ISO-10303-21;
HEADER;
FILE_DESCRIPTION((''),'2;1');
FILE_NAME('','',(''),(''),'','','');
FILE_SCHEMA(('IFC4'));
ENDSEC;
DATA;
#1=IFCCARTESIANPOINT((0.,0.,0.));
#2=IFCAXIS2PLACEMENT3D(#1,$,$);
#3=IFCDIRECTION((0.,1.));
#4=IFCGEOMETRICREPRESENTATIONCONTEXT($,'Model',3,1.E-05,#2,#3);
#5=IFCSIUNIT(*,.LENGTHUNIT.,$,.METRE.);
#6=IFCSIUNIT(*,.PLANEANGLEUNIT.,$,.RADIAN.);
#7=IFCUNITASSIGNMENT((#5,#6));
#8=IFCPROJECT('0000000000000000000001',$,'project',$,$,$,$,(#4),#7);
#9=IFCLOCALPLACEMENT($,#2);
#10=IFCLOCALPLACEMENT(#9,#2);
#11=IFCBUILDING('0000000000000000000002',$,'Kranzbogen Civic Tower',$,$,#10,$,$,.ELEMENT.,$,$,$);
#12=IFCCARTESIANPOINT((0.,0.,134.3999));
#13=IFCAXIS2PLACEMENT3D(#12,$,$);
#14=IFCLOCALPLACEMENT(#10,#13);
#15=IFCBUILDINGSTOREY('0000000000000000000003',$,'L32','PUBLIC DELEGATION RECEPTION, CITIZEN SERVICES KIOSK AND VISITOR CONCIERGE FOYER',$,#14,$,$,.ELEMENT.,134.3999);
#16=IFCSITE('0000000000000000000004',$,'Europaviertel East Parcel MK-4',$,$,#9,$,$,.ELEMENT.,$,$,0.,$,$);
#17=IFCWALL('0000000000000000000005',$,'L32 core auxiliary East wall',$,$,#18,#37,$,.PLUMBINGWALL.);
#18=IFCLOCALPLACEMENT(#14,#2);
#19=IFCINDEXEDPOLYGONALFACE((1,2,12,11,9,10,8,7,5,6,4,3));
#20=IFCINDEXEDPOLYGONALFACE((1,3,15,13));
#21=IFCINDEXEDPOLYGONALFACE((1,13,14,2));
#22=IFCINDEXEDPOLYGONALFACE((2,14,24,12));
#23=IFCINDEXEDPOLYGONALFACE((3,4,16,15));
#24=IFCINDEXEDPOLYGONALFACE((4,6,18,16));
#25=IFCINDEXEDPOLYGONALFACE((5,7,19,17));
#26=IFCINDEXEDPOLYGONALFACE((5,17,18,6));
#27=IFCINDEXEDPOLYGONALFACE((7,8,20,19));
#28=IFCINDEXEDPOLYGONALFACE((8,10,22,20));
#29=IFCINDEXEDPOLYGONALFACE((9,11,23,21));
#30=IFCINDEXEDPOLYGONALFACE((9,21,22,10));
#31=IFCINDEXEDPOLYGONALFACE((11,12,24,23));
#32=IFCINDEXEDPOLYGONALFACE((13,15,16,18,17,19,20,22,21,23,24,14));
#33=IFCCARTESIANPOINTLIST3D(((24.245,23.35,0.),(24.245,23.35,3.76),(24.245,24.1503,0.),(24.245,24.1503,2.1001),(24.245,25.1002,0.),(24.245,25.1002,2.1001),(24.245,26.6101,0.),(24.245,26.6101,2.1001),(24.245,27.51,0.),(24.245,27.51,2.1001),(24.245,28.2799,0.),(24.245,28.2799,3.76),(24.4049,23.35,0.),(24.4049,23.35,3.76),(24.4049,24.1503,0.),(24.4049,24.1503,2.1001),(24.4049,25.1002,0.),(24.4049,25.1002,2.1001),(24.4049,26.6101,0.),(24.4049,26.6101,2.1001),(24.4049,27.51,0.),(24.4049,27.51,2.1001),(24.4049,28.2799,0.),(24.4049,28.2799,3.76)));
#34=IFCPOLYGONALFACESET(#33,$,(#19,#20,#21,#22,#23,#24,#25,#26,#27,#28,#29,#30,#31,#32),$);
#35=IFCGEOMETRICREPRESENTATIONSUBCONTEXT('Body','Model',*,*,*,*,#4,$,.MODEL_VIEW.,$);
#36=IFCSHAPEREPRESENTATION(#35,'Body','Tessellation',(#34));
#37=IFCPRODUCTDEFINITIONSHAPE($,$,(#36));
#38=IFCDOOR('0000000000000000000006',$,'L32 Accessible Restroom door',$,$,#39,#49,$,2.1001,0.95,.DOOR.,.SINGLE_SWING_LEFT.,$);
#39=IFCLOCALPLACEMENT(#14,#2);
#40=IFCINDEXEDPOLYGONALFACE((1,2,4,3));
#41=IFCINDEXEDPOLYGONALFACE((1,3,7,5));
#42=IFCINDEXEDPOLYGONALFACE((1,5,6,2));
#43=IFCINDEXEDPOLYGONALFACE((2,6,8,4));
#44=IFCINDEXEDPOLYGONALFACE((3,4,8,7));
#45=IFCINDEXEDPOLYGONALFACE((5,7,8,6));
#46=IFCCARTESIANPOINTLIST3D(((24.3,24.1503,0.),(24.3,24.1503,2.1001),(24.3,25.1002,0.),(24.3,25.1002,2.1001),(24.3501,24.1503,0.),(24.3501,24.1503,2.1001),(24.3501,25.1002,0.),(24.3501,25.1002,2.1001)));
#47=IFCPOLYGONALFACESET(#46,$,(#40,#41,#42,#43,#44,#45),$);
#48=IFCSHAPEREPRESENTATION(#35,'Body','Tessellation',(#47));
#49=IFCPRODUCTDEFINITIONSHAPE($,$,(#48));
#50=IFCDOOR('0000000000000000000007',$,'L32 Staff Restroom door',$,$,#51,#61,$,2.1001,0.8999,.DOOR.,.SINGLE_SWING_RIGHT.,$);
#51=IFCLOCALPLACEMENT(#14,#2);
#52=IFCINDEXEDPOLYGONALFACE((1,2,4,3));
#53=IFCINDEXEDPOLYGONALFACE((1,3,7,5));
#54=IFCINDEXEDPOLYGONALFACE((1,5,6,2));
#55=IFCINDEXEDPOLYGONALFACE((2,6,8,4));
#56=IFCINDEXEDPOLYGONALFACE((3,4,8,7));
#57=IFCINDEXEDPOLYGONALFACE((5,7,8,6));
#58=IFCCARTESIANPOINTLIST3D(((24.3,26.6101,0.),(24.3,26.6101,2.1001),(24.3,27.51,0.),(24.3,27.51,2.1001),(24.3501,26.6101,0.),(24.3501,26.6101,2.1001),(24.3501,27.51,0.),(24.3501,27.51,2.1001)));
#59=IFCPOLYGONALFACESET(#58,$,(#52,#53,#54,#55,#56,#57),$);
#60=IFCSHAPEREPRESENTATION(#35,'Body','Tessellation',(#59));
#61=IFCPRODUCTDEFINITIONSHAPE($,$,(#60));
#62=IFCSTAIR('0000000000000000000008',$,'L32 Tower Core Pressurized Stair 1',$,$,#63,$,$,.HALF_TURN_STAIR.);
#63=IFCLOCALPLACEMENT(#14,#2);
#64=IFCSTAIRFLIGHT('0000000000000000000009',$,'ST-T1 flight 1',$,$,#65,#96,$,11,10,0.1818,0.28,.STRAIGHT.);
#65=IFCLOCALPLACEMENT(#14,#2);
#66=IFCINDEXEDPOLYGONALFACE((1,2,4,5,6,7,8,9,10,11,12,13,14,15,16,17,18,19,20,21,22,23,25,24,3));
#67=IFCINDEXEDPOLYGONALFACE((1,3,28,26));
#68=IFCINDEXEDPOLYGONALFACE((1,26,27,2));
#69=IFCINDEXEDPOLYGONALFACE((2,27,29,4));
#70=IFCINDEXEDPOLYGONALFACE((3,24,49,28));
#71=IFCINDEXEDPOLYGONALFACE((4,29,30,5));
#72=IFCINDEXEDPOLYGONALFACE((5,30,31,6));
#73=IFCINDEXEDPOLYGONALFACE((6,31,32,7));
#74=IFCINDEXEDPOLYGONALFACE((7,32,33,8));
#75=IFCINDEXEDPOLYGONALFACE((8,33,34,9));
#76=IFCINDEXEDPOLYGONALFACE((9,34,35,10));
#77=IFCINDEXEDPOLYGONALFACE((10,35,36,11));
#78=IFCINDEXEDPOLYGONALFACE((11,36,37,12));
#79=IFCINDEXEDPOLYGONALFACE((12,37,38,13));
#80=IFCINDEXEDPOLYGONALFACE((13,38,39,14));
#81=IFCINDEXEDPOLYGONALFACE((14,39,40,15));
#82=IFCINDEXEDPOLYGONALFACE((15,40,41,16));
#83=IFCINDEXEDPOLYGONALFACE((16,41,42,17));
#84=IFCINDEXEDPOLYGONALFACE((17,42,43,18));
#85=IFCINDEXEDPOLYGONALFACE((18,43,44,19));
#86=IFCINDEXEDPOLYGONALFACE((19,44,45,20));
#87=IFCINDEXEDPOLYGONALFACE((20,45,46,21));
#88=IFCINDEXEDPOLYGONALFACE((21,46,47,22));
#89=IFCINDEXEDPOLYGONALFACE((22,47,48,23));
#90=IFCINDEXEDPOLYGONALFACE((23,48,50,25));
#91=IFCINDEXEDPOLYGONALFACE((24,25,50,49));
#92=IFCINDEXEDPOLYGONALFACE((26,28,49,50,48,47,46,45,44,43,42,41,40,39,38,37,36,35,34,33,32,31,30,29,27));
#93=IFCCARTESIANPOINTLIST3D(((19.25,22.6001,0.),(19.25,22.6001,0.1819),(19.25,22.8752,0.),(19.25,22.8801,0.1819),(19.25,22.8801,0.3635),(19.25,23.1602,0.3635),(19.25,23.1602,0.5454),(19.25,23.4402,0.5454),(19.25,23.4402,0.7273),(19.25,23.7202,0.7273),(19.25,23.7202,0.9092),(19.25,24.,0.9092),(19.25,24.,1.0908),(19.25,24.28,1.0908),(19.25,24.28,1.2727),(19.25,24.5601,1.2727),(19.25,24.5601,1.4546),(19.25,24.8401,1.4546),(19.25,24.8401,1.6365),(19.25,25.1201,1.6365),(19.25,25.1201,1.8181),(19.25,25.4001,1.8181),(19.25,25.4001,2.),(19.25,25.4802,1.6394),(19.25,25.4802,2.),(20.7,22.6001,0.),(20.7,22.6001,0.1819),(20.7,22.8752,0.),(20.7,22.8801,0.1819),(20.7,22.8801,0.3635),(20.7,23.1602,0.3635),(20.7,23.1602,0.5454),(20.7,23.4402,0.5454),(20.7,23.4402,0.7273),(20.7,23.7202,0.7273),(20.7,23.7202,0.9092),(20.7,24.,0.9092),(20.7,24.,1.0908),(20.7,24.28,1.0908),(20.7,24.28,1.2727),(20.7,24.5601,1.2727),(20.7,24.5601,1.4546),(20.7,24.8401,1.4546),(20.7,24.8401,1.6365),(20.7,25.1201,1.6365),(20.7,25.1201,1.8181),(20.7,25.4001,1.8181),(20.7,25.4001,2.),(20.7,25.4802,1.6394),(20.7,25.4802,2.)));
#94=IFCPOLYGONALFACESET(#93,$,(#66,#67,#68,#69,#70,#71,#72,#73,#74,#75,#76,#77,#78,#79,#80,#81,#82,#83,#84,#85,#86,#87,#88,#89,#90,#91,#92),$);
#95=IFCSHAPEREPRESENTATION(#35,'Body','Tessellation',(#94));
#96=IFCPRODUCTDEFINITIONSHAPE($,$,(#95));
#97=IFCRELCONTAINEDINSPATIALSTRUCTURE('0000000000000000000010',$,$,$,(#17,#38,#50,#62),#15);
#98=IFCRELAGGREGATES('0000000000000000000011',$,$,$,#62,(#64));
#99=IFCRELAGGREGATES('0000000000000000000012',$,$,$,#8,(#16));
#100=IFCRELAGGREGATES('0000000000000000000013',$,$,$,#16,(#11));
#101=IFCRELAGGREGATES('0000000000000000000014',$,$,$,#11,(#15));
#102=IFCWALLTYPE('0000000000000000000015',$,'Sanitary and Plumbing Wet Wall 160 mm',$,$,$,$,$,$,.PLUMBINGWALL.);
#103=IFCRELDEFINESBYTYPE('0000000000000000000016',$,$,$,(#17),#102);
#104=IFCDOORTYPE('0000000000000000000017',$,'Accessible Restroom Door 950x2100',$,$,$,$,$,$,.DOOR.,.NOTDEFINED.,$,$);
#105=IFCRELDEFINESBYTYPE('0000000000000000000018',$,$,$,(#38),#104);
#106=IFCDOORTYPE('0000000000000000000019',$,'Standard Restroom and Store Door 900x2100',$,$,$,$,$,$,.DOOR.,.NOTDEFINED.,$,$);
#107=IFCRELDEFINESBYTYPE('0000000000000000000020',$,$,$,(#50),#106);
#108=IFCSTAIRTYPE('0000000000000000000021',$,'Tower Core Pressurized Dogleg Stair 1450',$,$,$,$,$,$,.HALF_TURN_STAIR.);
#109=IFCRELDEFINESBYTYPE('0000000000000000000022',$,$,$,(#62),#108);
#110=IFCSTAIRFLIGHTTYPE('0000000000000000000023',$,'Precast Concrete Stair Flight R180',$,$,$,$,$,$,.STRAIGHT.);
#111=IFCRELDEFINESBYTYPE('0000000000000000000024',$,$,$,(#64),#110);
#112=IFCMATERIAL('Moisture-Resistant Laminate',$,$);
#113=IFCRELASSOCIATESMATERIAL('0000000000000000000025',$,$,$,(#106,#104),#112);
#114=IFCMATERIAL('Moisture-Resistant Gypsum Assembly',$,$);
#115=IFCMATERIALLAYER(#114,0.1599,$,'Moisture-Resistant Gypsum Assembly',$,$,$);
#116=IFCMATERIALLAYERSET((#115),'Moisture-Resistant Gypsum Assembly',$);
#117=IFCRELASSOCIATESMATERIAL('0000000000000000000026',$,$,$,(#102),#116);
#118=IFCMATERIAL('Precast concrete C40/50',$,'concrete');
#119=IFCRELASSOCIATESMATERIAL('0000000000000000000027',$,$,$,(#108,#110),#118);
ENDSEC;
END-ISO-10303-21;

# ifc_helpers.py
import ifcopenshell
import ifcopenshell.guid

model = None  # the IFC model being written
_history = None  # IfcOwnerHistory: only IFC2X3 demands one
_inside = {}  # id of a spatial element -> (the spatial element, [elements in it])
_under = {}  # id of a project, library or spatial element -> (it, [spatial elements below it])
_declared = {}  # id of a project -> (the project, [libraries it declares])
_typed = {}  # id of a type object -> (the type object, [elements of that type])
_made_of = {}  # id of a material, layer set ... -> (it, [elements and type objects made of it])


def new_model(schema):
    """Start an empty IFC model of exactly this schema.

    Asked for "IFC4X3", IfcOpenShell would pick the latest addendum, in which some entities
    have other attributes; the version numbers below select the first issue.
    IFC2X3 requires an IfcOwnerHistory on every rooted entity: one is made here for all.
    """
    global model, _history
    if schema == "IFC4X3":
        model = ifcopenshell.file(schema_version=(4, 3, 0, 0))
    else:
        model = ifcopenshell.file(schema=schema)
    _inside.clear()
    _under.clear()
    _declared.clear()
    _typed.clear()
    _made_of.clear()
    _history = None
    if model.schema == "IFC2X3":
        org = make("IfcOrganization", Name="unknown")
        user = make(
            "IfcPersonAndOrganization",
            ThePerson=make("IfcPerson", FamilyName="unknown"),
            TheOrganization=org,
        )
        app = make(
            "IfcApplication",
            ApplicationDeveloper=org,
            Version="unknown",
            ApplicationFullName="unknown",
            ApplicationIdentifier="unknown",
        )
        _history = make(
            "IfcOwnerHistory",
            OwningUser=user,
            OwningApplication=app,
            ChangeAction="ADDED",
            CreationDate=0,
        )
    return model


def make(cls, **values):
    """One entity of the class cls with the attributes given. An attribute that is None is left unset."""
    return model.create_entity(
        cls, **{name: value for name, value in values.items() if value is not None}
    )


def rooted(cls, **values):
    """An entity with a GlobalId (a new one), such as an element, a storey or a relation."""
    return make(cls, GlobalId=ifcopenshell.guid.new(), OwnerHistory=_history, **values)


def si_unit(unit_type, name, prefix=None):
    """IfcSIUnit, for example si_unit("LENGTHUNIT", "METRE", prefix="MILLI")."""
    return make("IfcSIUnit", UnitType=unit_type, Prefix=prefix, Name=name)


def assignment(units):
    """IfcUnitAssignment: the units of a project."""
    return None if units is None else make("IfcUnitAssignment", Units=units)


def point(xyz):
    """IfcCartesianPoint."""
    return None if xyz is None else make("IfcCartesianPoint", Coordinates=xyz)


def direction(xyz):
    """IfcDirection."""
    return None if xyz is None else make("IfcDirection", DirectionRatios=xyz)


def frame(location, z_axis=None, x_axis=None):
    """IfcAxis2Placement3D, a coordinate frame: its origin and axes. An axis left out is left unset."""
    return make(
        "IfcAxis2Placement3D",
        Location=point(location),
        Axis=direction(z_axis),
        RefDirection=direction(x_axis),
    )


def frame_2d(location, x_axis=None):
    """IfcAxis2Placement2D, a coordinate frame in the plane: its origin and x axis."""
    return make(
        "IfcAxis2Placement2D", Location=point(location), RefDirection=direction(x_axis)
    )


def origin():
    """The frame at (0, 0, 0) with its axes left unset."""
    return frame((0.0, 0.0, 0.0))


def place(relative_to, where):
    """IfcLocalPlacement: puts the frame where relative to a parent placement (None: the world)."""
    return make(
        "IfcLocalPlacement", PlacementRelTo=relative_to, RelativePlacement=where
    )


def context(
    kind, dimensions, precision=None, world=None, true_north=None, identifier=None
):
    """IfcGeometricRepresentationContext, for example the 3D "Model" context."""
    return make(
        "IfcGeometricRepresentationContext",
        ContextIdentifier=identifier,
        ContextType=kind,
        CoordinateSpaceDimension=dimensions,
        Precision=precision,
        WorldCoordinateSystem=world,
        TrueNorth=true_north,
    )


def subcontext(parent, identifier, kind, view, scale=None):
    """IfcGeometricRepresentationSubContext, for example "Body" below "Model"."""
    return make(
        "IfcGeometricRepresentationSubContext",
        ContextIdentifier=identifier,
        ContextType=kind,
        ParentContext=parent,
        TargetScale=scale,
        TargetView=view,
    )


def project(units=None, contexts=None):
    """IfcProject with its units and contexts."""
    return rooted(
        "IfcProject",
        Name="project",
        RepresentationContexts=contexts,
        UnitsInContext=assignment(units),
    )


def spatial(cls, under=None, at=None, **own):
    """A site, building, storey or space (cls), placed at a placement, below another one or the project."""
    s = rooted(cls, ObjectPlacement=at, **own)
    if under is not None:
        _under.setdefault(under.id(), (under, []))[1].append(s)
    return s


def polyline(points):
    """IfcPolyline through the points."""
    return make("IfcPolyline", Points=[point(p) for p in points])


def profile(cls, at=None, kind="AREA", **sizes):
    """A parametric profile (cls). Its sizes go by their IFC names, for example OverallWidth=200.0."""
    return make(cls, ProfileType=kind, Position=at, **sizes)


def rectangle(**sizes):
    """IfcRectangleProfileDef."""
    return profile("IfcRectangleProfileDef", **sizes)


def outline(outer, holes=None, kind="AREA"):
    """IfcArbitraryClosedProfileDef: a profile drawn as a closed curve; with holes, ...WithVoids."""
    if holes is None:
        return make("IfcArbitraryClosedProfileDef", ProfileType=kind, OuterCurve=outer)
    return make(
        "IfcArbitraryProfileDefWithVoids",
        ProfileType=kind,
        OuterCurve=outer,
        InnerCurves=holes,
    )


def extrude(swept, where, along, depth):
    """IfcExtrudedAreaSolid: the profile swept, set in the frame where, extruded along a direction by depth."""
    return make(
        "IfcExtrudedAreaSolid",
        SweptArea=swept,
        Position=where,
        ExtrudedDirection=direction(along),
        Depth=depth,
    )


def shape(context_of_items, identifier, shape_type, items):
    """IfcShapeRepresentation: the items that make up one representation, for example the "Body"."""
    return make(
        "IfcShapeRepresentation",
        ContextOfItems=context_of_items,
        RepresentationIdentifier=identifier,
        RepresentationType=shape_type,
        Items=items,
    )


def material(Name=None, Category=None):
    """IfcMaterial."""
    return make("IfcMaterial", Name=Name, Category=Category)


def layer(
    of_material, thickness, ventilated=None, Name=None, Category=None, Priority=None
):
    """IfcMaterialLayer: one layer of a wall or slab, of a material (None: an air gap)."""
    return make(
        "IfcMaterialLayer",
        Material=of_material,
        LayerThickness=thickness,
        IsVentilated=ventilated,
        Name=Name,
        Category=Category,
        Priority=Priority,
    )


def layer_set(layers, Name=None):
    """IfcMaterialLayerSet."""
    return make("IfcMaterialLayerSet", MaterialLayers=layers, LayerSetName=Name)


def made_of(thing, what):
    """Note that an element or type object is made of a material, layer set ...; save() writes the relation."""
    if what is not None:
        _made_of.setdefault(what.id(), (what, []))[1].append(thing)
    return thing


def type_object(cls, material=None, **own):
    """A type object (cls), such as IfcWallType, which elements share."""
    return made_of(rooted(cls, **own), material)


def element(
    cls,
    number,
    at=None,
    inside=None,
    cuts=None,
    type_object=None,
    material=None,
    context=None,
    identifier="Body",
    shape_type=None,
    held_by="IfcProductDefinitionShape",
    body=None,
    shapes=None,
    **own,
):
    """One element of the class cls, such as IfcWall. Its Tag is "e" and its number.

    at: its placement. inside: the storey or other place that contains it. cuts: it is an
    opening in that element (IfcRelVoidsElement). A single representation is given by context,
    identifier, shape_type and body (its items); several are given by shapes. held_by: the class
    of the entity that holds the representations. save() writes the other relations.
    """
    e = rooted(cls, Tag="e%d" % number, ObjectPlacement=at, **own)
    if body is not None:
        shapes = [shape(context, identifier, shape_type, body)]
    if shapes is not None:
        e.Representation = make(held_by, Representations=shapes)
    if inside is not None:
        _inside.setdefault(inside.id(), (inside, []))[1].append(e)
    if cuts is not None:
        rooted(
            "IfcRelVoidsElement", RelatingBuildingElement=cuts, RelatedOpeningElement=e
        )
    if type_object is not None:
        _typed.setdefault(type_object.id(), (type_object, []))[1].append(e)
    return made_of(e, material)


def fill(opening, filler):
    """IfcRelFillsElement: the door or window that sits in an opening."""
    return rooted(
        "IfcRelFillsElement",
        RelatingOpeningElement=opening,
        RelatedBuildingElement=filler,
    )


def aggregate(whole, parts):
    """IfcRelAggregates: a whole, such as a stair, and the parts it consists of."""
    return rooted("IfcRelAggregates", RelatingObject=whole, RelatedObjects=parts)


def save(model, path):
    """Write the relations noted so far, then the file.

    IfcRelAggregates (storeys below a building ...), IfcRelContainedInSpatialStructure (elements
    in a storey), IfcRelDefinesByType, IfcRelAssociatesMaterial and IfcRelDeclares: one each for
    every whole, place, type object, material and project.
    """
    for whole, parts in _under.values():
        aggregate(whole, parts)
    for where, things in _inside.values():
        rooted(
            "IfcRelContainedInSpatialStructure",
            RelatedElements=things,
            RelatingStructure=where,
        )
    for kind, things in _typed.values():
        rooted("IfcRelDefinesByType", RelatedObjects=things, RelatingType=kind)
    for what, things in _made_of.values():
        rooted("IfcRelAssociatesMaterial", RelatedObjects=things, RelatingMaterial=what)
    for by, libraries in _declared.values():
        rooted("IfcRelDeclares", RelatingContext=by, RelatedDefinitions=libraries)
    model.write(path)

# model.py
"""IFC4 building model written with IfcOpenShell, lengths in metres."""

from ifc_helpers import new_model, si_unit, direction, frame, frame_2d, origin, place, context, subcontext, project, spatial, polyline, rectangle, outline, extrude, material, layer, layer_set, type_object, element, fill, aggregate, save


model = new_model("IFC4")

# Units and contexts
model_context = context("Model", 3, precision=1e-05, world=origin(), true_north=direction((0.0, 1.0)))
body_context = subcontext(model_context, "Body", "Model", "MODEL_VIEW")
ifc_project = project(units=[si_unit("LENGTHUNIT", "METRE"), si_unit("PLANEANGLEUNIT", "RADIAN")], contexts=[model_context])

# Site, building, storey
site_placement = place(None, origin())
site = spatial("IfcSite", under=ifc_project, at=site_placement, Name="Europaviertel East Parcel MK-4", CompositionType="ELEMENT", RefElevation=0.0)
building_placement = place(site_placement, origin())
building = spatial("IfcBuilding", under=site, at=building_placement, Name="Kranzbogen Civic Tower", CompositionType="ELEMENT")
storey_placement = place(building_placement, frame((0.0, 0.0, 134.3999)))
storey = spatial("IfcBuildingStorey", under=building, at=storey_placement, Name="L32", Description="PUBLIC DELEGATION RECEPTION, CITIZEN SERVICES KIOSK AND VISITOR CONCIERGE FOYER", CompositionType="ELEMENT", Elevation=134.3999)

# Shared definitions
ifc_material_1 = material(Name="Moisture-Resistant Laminate")
door_type_1 = type_object("IfcDoorType", Name="Standard Restroom and Store Door 900x2100", OperationType="NOTDEFINED", PredefinedType="DOOR", material=ifc_material_1)

# Wall, openings, doors
ifc_material_2 = material(Name="Moisture-Resistant Gypsum Assembly")
ifc_layer_1 = layer(ifc_material_2, 0.1599, Name="Moisture-Resistant Gypsum Assembly")
ifc_layer_set_1 = layer_set([ifc_layer_1], Name="Moisture-Resistant Gypsum Assembly")
wall_type_1 = type_object("IfcWallType", Name="Sanitary and Plumbing Wet Wall 160 mm", PredefinedType="PLUMBINGWALL", material=ifc_layer_set_1)
wall_1_placement = place(storey_placement, frame((24.325, 23.3501, 0.0), z_axis=(0.0, 0.0, 1.0), x_axis=(0.0, 1.0, 0.0)))
wall_1 = element("IfcWall", 1, at=wall_1_placement, inside=storey, type_object=wall_type_1, Name="L32 core auxiliary East wall", PredefinedType="PLUMBINGWALL", context=body_context, shape_type="SweptSolid", body=[
    extrude(rectangle(XDim=4.9299, YDim=0.1599, at=frame_2d((2.4648, 0.0))), origin(), (0.0, 0.0, 1.0), 3.76),
])
opening_1_placement = place(wall_1_placement, frame((0.8, 0.0, 0.0)))
opening_1 = element("IfcOpeningElement", 2, at=opening_1_placement, cuts=wall_1, PredefinedType="OPENING", context=body_context, shape_type="SweptSolid", body=[
    extrude(rectangle(XDim=0.95, YDim=2.1001, at=frame_2d((0.4751, 1.05))), frame((0.0, 0.0898, 0.0), z_axis=(0.0, -1.0, 0.0), x_axis=(1.0, 0.0, 0.0)), (0.0, 0.0, 1.0), 0.1799),
])
opening_2_placement = place(wall_1_placement, frame((3.26, 0.0, 0.0)))
opening_2 = element("IfcOpeningElement", 3, at=opening_2_placement, cuts=wall_1, PredefinedType="OPENING", context=body_context, shape_type="SweptSolid", body=[
    extrude(rectangle(XDim=0.8999, YDim=2.1001, at=frame_2d((0.45, 1.05))), frame((0.0, 0.0898, 0.0), z_axis=(0.0, -1.0, 0.0), x_axis=(1.0, 0.0, 0.0)), (0.0, 0.0, 1.0), 0.1799),
])
door_type_2 = type_object("IfcDoorType", Name="Accessible Restroom Door 950x2100", OperationType="NOTDEFINED", PredefinedType="DOOR", material=ifc_material_1)
door_1_placement = place(opening_1_placement, origin())
door_1 = element("IfcDoor", 4, at=door_1_placement, inside=storey, type_object=door_type_2, Name="L32 Accessible Restroom door", OperationType="SINGLE_SWING_LEFT", OverallHeight=2.1001, OverallWidth=0.95, PredefinedType="DOOR", context=body_context, shape_type="SweptSolid", body=[
    extrude(rectangle(XDim=0.95, YDim=2.1001, at=frame_2d((0.4751, 1.05))), frame((0.0, 0.0249, 0.0), z_axis=(0.0, -1.0, 0.0), x_axis=(1.0, 0.0, 0.0)), (0.0, 0.0, 1.0), 0.05),
])
fill(opening_1, door_1)
door_2_placement = place(opening_2_placement, origin())
door_2 = element("IfcDoor", 5, at=door_2_placement, inside=storey, type_object=door_type_1, Name="L32 Staff Restroom door", OperationType="SINGLE_SWING_RIGHT", OverallHeight=2.1001, OverallWidth=0.8999, PredefinedType="DOOR", context=body_context, shape_type="SweptSolid", body=[
    extrude(rectangle(XDim=0.8999, YDim=2.1001, at=frame_2d((0.45, 1.05))), frame((0.0, 0.0249, 0.0), z_axis=(0.0, -1.0, 0.0), x_axis=(1.0, 0.0, 0.0)), (0.0, 0.0, 1.0), 0.05),
])
fill(opening_2, door_2)

# Stair, stair flight
ifc_material_3 = material(Name="Precast concrete C40/50", Category="concrete")
stair_type = type_object("IfcStairType", Name="Tower Core Pressurized Dogleg Stair 1450", PredefinedType="HALF_TURN_STAIR", material=ifc_material_3)
stair_placement = place(storey_placement, origin())
stair = element("IfcStair", 6, at=stair_placement, inside=storey, type_object=stair_type, Name="L32 Tower Core Pressurized Stair 1", PredefinedType="HALF_TURN_STAIR")
stair_flight_type = type_object("IfcStairFlightType", Name="Precast Concrete Stair Flight R180", PredefinedType="STRAIGHT", material=ifc_material_3)
stair_flight_placement = place(storey_placement, frame((19.9751, 22.6001, 0.0), z_axis=(0.0, 0.0, 1.0), x_axis=(0.0, 1.0, 0.0)))
stair_flight = element("IfcStairFlight", 7, at=stair_flight_placement, type_object=stair_flight_type, Name="ST-T1 flight 1", NumberOfRisers=11, NumberOfTreads=10, PredefinedType="STRAIGHT", RiserHeight=0.1818, TreadLength=0.28, context=body_context, shape_type="SweptSolid", body=[
    extrude(outline(polyline([(0.0, 0.0), (0.0, 0.1819), (0.28, 0.1819), (0.28, 0.3635), (0.5601, 0.3635), (0.5601, 0.5454), (0.8401, 0.5454), (0.8401, 0.7273), (1.1201, 0.7273), (1.1201, 0.9092), (1.3999, 0.9092), (1.3999, 1.0908), (1.6799, 1.0908), (1.6799, 1.2727), (1.96, 1.2727), (1.96, 1.4546), (2.24, 1.4546), (2.24, 1.6365), (2.52, 1.6365), (2.52, 1.8181), (2.8, 1.8181), (2.8, 2.0), (2.8801, 2.0), (2.8801, 1.6394), (0.2751, 0.0), (0.0, 0.0)])), frame((0.0, 0.7251, 0.0), z_axis=(0.0, -1.0, 0.0), x_axis=(1.0, 0.0, 0.0)), (0.0, 0.0, 1.0), 1.45),
])
aggregate(stair, [stair_flight])

save(model, "model.ifc")
